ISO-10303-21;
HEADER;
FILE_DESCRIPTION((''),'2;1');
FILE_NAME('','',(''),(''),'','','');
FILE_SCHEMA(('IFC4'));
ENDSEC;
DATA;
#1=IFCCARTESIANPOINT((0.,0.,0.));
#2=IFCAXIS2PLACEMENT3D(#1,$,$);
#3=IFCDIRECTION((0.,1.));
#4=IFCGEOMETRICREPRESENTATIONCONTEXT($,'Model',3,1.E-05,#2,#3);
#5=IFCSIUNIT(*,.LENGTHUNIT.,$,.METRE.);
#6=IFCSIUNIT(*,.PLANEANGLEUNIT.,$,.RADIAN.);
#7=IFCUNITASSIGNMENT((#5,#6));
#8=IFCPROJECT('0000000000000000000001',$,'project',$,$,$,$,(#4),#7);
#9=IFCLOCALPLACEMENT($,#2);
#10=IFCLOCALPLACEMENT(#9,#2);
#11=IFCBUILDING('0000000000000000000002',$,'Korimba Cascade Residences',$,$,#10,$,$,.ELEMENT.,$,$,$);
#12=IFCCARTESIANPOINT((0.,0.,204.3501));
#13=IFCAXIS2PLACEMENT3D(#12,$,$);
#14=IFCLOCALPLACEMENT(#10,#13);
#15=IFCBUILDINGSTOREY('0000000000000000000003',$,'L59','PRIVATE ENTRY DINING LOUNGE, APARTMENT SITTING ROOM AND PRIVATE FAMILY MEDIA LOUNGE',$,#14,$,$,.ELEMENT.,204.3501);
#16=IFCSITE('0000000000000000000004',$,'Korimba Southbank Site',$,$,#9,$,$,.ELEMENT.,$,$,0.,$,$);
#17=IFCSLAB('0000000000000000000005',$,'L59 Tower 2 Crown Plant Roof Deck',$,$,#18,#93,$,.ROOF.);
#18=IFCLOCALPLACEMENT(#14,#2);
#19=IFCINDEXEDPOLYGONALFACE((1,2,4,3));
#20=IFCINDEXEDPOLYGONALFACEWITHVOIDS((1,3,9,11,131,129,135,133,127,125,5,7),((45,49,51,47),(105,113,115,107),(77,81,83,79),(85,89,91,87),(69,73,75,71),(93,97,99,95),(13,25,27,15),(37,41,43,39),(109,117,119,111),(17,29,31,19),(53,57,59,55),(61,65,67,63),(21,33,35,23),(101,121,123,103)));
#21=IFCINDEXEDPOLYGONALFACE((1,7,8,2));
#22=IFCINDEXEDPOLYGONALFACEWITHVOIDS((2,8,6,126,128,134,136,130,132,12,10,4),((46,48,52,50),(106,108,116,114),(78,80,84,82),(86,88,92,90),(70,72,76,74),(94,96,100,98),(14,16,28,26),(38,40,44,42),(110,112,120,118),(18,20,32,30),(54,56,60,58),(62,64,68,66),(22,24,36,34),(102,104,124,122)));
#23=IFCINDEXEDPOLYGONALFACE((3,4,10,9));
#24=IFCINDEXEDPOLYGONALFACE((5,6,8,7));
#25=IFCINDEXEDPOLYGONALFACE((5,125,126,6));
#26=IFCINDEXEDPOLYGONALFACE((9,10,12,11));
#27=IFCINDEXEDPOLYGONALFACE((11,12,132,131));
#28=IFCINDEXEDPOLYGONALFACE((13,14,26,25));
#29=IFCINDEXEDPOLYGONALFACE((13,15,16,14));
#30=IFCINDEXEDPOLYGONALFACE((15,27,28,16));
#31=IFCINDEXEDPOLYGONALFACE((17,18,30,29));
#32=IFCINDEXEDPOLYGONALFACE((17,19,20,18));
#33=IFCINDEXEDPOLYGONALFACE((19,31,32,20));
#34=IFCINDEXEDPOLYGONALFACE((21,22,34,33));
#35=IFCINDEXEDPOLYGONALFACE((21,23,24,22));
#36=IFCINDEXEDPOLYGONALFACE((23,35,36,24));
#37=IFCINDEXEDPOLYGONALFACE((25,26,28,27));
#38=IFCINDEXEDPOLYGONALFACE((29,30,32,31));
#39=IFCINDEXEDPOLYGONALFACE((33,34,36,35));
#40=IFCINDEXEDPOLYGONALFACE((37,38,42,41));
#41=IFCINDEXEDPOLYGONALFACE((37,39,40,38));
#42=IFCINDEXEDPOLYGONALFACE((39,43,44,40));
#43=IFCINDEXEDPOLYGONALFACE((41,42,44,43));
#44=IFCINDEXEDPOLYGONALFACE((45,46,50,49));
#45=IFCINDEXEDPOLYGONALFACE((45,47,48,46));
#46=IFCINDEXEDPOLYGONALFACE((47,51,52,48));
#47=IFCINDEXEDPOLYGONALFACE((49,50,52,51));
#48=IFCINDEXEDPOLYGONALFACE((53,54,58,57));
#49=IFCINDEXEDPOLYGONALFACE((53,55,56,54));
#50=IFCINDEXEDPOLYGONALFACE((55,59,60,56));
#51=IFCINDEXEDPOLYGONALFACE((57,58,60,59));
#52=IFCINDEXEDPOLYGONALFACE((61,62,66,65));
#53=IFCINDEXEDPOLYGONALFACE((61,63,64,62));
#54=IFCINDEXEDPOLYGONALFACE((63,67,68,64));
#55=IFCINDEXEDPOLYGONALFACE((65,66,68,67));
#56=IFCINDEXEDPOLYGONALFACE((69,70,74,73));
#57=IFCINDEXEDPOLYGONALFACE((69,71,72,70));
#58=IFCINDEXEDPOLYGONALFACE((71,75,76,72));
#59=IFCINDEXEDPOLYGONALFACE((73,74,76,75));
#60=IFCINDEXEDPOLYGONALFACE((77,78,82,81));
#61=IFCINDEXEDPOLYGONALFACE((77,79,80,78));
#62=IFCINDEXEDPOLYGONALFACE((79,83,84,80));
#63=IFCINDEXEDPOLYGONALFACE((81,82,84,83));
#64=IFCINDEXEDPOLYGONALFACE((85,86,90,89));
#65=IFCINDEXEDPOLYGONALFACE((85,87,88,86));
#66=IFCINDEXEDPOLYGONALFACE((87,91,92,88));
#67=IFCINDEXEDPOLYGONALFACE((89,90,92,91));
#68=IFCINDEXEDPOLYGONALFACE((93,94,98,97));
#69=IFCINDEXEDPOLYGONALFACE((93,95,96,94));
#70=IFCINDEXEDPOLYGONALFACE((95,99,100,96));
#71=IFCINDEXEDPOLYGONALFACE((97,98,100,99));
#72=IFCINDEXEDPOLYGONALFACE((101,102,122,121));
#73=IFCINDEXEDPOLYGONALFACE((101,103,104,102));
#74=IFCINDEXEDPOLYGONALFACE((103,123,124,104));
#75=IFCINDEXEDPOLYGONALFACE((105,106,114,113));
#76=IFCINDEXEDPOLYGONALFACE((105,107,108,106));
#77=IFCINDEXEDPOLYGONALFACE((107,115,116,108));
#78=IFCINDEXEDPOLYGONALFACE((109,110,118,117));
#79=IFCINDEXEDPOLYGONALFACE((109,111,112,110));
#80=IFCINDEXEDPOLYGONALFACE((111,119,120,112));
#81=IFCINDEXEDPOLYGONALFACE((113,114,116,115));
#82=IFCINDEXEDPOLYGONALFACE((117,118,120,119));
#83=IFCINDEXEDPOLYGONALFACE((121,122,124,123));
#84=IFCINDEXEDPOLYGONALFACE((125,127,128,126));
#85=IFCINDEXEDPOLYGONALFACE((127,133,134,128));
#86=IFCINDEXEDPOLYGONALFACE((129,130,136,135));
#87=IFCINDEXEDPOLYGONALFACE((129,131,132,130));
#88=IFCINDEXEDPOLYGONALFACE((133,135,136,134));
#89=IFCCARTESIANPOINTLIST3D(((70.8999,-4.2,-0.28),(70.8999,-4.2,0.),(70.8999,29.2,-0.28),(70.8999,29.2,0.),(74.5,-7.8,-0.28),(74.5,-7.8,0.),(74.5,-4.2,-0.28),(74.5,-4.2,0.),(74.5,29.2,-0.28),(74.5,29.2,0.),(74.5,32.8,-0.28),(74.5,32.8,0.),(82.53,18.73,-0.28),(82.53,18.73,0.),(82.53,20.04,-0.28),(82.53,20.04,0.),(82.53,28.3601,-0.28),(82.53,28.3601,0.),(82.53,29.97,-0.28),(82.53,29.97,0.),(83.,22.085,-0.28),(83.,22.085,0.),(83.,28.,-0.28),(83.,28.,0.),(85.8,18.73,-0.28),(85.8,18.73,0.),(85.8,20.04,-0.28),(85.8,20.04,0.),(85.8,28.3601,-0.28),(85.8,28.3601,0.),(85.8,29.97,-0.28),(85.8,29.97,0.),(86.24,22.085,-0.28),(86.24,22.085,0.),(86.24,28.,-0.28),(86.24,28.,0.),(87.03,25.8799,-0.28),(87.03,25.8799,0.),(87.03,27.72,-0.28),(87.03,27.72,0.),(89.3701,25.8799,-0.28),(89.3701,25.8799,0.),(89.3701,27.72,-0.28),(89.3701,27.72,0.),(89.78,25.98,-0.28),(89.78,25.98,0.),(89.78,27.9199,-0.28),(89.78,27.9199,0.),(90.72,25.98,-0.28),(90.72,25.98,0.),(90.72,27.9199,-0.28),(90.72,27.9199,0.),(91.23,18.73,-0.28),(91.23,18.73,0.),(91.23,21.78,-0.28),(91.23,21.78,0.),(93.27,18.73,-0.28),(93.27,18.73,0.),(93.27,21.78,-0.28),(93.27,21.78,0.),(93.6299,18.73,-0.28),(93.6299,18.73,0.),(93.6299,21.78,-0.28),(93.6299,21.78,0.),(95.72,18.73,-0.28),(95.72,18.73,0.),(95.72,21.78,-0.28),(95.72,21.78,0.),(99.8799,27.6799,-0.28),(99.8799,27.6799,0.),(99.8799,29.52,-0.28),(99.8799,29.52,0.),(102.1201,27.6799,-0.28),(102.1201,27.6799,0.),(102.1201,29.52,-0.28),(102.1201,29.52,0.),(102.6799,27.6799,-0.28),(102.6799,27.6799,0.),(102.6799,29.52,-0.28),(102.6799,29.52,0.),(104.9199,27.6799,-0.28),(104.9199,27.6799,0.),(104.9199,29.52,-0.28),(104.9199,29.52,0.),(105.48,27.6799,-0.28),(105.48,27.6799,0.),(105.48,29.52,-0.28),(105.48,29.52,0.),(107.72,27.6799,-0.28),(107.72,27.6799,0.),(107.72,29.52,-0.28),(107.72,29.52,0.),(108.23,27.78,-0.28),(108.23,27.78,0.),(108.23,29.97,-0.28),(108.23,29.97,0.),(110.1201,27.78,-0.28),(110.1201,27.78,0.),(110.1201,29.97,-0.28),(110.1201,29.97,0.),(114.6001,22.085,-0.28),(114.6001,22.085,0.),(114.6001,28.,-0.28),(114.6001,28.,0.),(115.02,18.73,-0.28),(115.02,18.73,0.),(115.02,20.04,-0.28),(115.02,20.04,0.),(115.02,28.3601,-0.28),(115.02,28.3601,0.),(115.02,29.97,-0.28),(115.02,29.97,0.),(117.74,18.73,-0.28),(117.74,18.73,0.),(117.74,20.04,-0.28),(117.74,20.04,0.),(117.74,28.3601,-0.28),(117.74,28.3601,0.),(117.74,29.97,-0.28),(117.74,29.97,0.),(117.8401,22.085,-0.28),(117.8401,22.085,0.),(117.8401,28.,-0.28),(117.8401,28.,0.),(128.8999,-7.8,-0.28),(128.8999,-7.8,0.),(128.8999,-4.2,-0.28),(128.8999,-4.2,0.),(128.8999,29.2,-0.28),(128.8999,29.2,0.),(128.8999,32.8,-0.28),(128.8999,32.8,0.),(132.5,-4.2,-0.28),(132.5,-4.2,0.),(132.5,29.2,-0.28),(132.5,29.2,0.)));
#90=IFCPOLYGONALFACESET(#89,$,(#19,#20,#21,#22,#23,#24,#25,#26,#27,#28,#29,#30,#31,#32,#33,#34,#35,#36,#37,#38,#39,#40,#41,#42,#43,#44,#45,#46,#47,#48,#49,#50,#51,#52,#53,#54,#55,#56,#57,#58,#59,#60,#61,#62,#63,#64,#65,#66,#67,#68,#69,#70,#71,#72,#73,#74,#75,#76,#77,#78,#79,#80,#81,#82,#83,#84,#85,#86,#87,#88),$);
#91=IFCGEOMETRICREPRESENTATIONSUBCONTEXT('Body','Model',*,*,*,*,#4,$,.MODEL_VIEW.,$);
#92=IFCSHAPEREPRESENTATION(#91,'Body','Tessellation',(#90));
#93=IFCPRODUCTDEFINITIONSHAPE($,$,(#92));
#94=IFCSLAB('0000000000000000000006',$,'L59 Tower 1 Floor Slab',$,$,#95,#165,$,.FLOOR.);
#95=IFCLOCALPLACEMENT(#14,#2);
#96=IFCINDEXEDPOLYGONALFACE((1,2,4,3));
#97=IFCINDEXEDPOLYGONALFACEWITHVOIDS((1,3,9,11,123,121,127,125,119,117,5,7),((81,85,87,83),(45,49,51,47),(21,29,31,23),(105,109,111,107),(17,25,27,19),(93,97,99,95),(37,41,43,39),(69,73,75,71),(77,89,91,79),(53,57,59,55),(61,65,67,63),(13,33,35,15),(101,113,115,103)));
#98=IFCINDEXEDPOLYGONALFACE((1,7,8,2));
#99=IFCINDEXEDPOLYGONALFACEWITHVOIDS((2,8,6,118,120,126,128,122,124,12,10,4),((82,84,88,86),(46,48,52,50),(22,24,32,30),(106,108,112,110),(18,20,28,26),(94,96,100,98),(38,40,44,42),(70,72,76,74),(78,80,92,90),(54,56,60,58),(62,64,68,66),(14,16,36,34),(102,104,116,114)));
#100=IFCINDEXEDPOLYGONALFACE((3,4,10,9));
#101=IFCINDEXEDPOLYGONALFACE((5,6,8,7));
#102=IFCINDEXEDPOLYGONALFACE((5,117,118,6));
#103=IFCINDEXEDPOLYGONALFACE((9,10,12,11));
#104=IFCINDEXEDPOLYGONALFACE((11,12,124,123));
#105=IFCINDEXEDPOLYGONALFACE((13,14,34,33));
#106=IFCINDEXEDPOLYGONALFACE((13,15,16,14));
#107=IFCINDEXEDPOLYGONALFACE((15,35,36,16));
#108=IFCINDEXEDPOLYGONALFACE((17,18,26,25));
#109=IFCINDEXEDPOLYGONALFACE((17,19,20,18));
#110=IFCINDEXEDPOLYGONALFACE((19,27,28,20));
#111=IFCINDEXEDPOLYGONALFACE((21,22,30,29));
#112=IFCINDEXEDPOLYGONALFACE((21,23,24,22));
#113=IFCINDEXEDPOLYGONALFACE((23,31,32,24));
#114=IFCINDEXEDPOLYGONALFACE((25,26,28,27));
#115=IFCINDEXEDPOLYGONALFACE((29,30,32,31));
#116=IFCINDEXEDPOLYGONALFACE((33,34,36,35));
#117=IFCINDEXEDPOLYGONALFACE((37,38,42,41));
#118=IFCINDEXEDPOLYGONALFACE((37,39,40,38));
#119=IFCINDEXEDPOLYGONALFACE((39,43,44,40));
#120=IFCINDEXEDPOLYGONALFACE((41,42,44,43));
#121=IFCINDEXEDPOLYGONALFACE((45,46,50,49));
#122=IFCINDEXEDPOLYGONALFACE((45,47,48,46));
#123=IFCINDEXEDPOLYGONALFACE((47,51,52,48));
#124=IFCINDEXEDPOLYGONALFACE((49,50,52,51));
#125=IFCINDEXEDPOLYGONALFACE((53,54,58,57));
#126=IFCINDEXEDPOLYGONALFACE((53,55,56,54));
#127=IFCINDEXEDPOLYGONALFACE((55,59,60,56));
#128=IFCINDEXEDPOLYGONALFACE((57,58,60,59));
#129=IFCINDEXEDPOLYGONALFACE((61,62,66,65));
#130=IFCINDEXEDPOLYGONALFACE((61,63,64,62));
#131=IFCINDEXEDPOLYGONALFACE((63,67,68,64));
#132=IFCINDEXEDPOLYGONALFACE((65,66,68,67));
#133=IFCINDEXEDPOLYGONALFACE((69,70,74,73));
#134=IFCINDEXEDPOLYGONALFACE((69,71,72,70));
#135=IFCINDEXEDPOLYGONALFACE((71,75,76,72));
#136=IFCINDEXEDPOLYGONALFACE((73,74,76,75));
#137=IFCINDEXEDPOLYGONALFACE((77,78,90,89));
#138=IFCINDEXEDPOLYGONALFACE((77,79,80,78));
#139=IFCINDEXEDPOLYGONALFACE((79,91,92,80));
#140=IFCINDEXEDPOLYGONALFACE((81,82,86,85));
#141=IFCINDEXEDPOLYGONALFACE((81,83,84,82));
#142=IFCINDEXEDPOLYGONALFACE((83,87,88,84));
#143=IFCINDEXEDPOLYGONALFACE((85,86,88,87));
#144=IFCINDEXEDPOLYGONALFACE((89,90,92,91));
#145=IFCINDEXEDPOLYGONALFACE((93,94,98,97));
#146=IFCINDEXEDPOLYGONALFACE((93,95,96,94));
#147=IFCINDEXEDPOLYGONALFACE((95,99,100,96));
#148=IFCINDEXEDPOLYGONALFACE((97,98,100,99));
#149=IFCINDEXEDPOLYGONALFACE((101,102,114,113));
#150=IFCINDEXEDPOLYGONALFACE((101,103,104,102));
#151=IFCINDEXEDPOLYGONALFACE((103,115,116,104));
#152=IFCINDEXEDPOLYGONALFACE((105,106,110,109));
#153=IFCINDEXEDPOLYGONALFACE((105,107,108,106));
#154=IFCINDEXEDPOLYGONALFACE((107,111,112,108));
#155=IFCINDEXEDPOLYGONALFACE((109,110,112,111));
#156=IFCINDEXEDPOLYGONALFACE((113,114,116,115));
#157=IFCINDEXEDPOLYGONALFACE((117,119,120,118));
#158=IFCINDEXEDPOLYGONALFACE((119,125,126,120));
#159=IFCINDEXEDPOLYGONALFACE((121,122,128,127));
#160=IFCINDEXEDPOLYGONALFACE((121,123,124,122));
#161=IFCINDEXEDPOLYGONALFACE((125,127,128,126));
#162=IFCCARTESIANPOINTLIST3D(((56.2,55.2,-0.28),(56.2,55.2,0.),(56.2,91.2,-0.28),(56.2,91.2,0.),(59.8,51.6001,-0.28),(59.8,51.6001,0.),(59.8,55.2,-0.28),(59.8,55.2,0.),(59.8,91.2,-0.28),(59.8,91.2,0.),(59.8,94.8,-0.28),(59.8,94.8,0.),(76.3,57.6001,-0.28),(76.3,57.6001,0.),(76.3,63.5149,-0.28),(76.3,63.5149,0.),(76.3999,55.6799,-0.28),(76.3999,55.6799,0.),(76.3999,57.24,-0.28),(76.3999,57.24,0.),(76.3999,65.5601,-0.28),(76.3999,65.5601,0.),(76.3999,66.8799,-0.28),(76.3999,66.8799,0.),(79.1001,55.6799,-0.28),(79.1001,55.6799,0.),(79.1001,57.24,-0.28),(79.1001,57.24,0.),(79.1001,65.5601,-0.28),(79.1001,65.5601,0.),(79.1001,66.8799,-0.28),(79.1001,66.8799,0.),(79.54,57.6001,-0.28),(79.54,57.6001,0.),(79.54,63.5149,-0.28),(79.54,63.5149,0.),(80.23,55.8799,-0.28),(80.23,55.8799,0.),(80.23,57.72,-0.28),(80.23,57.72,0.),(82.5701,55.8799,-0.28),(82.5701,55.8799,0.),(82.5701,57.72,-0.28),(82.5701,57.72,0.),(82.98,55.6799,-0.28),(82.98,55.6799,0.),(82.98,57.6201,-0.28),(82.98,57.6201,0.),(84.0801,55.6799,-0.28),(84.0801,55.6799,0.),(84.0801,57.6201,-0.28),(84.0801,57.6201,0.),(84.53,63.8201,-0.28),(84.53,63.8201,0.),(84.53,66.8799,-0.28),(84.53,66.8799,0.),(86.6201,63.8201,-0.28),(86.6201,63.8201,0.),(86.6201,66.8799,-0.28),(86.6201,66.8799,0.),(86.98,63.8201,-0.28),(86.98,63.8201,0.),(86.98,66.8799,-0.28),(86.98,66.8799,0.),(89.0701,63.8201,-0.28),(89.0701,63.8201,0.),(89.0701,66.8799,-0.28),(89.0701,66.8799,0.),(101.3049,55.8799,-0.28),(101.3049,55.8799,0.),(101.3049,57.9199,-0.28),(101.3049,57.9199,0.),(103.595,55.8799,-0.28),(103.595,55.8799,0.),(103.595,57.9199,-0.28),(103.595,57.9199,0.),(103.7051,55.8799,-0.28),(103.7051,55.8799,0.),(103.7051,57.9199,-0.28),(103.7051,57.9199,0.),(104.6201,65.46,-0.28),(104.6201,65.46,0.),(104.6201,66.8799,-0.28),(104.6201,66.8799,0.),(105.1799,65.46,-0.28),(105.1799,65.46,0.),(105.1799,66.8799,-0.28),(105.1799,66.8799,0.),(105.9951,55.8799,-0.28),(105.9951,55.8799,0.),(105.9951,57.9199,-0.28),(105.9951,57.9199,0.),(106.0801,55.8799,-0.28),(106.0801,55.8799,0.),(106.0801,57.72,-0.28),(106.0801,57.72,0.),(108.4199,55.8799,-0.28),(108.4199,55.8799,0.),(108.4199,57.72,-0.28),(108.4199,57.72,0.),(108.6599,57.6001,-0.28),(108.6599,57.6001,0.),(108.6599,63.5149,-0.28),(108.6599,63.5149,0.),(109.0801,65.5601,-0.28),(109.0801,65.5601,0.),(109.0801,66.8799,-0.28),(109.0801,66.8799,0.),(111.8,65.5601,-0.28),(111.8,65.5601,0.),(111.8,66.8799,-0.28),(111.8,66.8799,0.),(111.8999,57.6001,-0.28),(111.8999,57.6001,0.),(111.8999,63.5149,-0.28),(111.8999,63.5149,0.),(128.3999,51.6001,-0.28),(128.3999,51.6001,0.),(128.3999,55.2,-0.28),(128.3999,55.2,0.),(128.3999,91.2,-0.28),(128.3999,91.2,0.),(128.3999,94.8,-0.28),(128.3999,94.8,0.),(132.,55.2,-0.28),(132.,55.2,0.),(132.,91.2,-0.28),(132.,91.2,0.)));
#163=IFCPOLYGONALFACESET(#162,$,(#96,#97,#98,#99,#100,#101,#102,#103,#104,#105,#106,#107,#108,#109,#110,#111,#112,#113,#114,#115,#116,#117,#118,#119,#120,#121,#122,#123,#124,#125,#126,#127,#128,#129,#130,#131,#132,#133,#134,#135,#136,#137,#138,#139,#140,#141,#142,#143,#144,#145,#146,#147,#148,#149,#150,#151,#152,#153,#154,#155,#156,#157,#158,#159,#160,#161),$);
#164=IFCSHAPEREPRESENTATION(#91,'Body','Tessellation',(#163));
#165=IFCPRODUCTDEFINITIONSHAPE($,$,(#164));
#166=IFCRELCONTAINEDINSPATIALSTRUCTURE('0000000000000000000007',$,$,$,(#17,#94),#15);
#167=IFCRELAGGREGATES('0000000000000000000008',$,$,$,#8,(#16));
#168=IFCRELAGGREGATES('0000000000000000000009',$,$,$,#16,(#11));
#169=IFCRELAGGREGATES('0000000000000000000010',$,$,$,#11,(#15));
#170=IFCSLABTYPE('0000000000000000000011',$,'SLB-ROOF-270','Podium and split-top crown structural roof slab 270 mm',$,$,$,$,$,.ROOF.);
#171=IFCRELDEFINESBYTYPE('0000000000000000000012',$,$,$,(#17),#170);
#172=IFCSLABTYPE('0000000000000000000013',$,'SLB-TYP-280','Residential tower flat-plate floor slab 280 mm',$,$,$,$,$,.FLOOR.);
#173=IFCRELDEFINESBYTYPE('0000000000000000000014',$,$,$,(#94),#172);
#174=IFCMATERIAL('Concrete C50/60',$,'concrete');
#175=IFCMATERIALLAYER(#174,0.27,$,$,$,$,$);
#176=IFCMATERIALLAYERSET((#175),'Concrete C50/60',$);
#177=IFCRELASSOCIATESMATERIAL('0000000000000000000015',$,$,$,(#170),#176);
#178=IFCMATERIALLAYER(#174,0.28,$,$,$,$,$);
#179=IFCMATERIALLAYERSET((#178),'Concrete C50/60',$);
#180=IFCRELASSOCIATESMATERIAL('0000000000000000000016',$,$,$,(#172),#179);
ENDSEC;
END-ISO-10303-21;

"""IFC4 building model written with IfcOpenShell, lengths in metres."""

from ifc_helpers import new_model, si_unit, direction, frame, origin, place, context, subcontext, project, spatial, polyline, outline, extrude, material, layer, layer_set, type_object, element, save


model = new_model("IFC4")

# Units and contexts
model_context = context("Model", 3, precision=1e-05, world=origin(), true_north=direction((0.0, 1.0)))
body_context = subcontext(model_context, "Body", "Model", "MODEL_VIEW")
ifc_project = project(units=[si_unit("LENGTHUNIT", "METRE"), si_unit("PLANEANGLEUNIT", "RADIAN")], contexts=[model_context])

# Site, building, storey
site_placement = place(None, origin())
site = spatial("IfcSite", under=ifc_project, at=site_placement, Name="Korimba Southbank Site", CompositionType="ELEMENT", RefElevation=0.0)
building_placement = place(site_placement, origin())
building = spatial("IfcBuilding", under=site, at=building_placement, Name="Korimba Cascade Residences", CompositionType="ELEMENT")
storey_placement = place(building_placement, frame((0.0, 0.0, 204.3501)))
storey = spatial("IfcBuildingStorey", under=building, at=storey_placement, Name="L59", Description="PRIVATE ENTRY DINING LOUNGE, APARTMENT SITTING ROOM AND PRIVATE FAMILY MEDIA LOUNGE", CompositionType="ELEMENT", Elevation=204.3501)

# Shared definitions
ifc_material_1 = material(Name="Concrete C50/60", Category="concrete")

# Slabs
ifc_layer_1 = layer(ifc_material_1, 0.27)
ifc_layer_set_1 = layer_set([ifc_layer_1], Name="Concrete C50/60")
slab_type_1 = type_object("IfcSlabType", Name="SLB-ROOF-270", Description="Podium and split-top crown structural roof slab 270 mm", PredefinedType="ROOF", material=ifc_layer_set_1)
slab_1_placement = place(storey_placement, frame((0.0, 0.0, -0.28)))
element("IfcSlab", 1, at=slab_1_placement, inside=storey, type_object=slab_type_1, Name="L59 Tower 2 Crown Plant Roof Deck", PredefinedType="ROOF", context=body_context, shape_type="SweptSolid", body=[
    extrude(outline(polyline([(74.5, -7.8), (128.8999, -7.8), (128.8999, -4.2), (132.5, -4.2), (132.5, 29.2), (128.8999, 29.2), (128.8999, 32.8), (74.5, 32.8), (74.5, 29.2), (70.8999, 29.2), (70.8999, -4.2), (74.5, -4.2), (74.5, -7.8)]), holes=[polyline([(86.24, 22.085), (86.24, 28.0), (83.0, 28.0), (83.0, 22.085), (86.24, 22.085)]), polyline([(117.8401, 22.085), (117.8401, 28.0), (114.6001, 28.0), (114.6001, 22.085), (117.8401, 22.085)]), polyline([(87.03, 25.8799), (89.3701, 25.8799), (89.3701, 27.72), (87.03, 27.72), (87.03, 25.8799)]), polyline([(99.8799, 27.6799), (102.1201, 27.6799), (102.1201, 29.52), (99.8799, 29.52), (99.8799, 27.6799)]), polyline([(102.6799, 27.6799), (104.9199, 27.6799), (104.9199, 29.52), (102.6799, 29.52), (102.6799, 27.6799)]), polyline([(105.48, 27.6799), (107.72, 27.6799), (107.72, 29.52), (105.48, 29.52), (105.48, 27.6799)]), polyline([(89.78, 25.98), (90.72, 25.98), (90.72, 27.9199), (89.78, 27.9199), (89.78, 25.98)]), polyline([(82.53, 18.73), (85.8, 18.73), (85.8, 20.04), (82.53, 20.04), (82.53, 18.73)]), polyline([(82.53, 28.3601), (85.8, 28.3601), (85.8, 29.97), (82.53, 29.97), (82.53, 28.3601)]), polyline([(108.23, 27.78), (110.1201, 27.78), (110.1201, 29.97), (108.23, 29.97), (108.23, 27.78)]), polyline([(91.23, 18.73), (93.27, 18.73), (93.27, 21.78), (91.23, 21.78), (91.23, 18.73)]), polyline([(93.6299, 18.73), (95.72, 18.73), (95.72, 21.78), (93.6299, 21.78), (93.6299, 18.73)]), polyline([(115.02, 18.73), (117.74, 18.73), (117.74, 20.04), (115.02, 20.04), (115.02, 18.73)]), polyline([(115.02, 28.3601), (117.74, 28.3601), (117.74, 29.97), (115.02, 29.97), (115.02, 28.3601)])]), origin(), (0.0, 0.0, 1.0), 0.28),
])
ifc_layer_2 = layer(ifc_material_1, 0.28)
ifc_layer_set_2 = layer_set([ifc_layer_2], Name="Concrete C50/60")
slab_type_2 = type_object("IfcSlabType", Name="SLB-TYP-280", Description="Residential tower flat-plate floor slab 280 mm", PredefinedType="FLOOR", material=ifc_layer_set_2)
slab_2_placement = place(storey_placement, frame((0.0, 0.0, -0.28)))
element("IfcSlab", 2, at=slab_2_placement, inside=storey, type_object=slab_type_2, Name="L59 Tower 1 Floor Slab", PredefinedType="FLOOR", context=body_context, shape_type="SweptSolid", body=[
    extrude(outline(polyline([(59.8, 51.6001), (128.3999, 51.6001), (128.3999, 55.2), (132.0, 55.2), (132.0, 91.2), (128.3999, 91.2), (128.3999, 94.8), (59.8, 94.8), (59.8, 91.2), (56.2, 91.2), (56.2, 55.2), (59.8, 55.2), (59.8, 51.6001)]), holes=[polyline([(76.3, 63.5149), (76.3, 57.6001), (79.54, 57.6001), (79.54, 63.5149), (76.3, 63.5149)]), polyline([(108.6599, 63.5149), (108.6599, 57.6001), (111.8999, 57.6001), (111.8999, 63.5149), (108.6599, 63.5149)]), polyline([(80.23, 55.8799), (82.5701, 55.8799), (82.5701, 57.72), (80.23, 57.72), (80.23, 55.8799)]), polyline([(106.0801, 55.8799), (108.4199, 55.8799), (108.4199, 57.72), (106.0801, 57.72), (106.0801, 55.8799)]), polyline([(101.3049, 55.8799), (103.595, 55.8799), (103.595, 57.9199), (101.3049, 57.9199), (101.3049, 55.8799)]), polyline([(103.7051, 55.8799), (105.9951, 55.8799), (105.9951, 57.9199), (103.7051, 57.9199), (103.7051, 55.8799)]), polyline([(82.98, 55.6799), (84.0801, 55.6799), (84.0801, 57.6201), (82.98, 57.6201), (82.98, 55.6799)]), polyline([(76.3999, 65.5601), (79.1001, 65.5601), (79.1001, 66.8799), (76.3999, 66.8799), (76.3999, 65.5601)]), polyline([(76.3999, 55.6799), (79.1001, 55.6799), (79.1001, 57.24), (76.3999, 57.24), (76.3999, 55.6799)]), polyline([(84.53, 63.8201), (86.6201, 63.8201), (86.6201, 66.8799), (84.53, 66.8799), (84.53, 63.8201)]), polyline([(86.98, 63.8201), (89.0701, 63.8201), (89.0701, 66.8799), (86.98, 66.8799), (86.98, 63.8201)]), polyline([(104.6201, 65.46), (105.1799, 65.46), (105.1799, 66.8799), (104.6201, 66.8799), (104.6201, 65.46)]), polyline([(109.0801, 65.5601), (111.8, 65.5601), (111.8, 66.8799), (109.0801, 66.8799), (109.0801, 65.5601)])]), origin(), (0.0, 0.0, 1.0), 0.28),
])

save(model, "model.ifc")
